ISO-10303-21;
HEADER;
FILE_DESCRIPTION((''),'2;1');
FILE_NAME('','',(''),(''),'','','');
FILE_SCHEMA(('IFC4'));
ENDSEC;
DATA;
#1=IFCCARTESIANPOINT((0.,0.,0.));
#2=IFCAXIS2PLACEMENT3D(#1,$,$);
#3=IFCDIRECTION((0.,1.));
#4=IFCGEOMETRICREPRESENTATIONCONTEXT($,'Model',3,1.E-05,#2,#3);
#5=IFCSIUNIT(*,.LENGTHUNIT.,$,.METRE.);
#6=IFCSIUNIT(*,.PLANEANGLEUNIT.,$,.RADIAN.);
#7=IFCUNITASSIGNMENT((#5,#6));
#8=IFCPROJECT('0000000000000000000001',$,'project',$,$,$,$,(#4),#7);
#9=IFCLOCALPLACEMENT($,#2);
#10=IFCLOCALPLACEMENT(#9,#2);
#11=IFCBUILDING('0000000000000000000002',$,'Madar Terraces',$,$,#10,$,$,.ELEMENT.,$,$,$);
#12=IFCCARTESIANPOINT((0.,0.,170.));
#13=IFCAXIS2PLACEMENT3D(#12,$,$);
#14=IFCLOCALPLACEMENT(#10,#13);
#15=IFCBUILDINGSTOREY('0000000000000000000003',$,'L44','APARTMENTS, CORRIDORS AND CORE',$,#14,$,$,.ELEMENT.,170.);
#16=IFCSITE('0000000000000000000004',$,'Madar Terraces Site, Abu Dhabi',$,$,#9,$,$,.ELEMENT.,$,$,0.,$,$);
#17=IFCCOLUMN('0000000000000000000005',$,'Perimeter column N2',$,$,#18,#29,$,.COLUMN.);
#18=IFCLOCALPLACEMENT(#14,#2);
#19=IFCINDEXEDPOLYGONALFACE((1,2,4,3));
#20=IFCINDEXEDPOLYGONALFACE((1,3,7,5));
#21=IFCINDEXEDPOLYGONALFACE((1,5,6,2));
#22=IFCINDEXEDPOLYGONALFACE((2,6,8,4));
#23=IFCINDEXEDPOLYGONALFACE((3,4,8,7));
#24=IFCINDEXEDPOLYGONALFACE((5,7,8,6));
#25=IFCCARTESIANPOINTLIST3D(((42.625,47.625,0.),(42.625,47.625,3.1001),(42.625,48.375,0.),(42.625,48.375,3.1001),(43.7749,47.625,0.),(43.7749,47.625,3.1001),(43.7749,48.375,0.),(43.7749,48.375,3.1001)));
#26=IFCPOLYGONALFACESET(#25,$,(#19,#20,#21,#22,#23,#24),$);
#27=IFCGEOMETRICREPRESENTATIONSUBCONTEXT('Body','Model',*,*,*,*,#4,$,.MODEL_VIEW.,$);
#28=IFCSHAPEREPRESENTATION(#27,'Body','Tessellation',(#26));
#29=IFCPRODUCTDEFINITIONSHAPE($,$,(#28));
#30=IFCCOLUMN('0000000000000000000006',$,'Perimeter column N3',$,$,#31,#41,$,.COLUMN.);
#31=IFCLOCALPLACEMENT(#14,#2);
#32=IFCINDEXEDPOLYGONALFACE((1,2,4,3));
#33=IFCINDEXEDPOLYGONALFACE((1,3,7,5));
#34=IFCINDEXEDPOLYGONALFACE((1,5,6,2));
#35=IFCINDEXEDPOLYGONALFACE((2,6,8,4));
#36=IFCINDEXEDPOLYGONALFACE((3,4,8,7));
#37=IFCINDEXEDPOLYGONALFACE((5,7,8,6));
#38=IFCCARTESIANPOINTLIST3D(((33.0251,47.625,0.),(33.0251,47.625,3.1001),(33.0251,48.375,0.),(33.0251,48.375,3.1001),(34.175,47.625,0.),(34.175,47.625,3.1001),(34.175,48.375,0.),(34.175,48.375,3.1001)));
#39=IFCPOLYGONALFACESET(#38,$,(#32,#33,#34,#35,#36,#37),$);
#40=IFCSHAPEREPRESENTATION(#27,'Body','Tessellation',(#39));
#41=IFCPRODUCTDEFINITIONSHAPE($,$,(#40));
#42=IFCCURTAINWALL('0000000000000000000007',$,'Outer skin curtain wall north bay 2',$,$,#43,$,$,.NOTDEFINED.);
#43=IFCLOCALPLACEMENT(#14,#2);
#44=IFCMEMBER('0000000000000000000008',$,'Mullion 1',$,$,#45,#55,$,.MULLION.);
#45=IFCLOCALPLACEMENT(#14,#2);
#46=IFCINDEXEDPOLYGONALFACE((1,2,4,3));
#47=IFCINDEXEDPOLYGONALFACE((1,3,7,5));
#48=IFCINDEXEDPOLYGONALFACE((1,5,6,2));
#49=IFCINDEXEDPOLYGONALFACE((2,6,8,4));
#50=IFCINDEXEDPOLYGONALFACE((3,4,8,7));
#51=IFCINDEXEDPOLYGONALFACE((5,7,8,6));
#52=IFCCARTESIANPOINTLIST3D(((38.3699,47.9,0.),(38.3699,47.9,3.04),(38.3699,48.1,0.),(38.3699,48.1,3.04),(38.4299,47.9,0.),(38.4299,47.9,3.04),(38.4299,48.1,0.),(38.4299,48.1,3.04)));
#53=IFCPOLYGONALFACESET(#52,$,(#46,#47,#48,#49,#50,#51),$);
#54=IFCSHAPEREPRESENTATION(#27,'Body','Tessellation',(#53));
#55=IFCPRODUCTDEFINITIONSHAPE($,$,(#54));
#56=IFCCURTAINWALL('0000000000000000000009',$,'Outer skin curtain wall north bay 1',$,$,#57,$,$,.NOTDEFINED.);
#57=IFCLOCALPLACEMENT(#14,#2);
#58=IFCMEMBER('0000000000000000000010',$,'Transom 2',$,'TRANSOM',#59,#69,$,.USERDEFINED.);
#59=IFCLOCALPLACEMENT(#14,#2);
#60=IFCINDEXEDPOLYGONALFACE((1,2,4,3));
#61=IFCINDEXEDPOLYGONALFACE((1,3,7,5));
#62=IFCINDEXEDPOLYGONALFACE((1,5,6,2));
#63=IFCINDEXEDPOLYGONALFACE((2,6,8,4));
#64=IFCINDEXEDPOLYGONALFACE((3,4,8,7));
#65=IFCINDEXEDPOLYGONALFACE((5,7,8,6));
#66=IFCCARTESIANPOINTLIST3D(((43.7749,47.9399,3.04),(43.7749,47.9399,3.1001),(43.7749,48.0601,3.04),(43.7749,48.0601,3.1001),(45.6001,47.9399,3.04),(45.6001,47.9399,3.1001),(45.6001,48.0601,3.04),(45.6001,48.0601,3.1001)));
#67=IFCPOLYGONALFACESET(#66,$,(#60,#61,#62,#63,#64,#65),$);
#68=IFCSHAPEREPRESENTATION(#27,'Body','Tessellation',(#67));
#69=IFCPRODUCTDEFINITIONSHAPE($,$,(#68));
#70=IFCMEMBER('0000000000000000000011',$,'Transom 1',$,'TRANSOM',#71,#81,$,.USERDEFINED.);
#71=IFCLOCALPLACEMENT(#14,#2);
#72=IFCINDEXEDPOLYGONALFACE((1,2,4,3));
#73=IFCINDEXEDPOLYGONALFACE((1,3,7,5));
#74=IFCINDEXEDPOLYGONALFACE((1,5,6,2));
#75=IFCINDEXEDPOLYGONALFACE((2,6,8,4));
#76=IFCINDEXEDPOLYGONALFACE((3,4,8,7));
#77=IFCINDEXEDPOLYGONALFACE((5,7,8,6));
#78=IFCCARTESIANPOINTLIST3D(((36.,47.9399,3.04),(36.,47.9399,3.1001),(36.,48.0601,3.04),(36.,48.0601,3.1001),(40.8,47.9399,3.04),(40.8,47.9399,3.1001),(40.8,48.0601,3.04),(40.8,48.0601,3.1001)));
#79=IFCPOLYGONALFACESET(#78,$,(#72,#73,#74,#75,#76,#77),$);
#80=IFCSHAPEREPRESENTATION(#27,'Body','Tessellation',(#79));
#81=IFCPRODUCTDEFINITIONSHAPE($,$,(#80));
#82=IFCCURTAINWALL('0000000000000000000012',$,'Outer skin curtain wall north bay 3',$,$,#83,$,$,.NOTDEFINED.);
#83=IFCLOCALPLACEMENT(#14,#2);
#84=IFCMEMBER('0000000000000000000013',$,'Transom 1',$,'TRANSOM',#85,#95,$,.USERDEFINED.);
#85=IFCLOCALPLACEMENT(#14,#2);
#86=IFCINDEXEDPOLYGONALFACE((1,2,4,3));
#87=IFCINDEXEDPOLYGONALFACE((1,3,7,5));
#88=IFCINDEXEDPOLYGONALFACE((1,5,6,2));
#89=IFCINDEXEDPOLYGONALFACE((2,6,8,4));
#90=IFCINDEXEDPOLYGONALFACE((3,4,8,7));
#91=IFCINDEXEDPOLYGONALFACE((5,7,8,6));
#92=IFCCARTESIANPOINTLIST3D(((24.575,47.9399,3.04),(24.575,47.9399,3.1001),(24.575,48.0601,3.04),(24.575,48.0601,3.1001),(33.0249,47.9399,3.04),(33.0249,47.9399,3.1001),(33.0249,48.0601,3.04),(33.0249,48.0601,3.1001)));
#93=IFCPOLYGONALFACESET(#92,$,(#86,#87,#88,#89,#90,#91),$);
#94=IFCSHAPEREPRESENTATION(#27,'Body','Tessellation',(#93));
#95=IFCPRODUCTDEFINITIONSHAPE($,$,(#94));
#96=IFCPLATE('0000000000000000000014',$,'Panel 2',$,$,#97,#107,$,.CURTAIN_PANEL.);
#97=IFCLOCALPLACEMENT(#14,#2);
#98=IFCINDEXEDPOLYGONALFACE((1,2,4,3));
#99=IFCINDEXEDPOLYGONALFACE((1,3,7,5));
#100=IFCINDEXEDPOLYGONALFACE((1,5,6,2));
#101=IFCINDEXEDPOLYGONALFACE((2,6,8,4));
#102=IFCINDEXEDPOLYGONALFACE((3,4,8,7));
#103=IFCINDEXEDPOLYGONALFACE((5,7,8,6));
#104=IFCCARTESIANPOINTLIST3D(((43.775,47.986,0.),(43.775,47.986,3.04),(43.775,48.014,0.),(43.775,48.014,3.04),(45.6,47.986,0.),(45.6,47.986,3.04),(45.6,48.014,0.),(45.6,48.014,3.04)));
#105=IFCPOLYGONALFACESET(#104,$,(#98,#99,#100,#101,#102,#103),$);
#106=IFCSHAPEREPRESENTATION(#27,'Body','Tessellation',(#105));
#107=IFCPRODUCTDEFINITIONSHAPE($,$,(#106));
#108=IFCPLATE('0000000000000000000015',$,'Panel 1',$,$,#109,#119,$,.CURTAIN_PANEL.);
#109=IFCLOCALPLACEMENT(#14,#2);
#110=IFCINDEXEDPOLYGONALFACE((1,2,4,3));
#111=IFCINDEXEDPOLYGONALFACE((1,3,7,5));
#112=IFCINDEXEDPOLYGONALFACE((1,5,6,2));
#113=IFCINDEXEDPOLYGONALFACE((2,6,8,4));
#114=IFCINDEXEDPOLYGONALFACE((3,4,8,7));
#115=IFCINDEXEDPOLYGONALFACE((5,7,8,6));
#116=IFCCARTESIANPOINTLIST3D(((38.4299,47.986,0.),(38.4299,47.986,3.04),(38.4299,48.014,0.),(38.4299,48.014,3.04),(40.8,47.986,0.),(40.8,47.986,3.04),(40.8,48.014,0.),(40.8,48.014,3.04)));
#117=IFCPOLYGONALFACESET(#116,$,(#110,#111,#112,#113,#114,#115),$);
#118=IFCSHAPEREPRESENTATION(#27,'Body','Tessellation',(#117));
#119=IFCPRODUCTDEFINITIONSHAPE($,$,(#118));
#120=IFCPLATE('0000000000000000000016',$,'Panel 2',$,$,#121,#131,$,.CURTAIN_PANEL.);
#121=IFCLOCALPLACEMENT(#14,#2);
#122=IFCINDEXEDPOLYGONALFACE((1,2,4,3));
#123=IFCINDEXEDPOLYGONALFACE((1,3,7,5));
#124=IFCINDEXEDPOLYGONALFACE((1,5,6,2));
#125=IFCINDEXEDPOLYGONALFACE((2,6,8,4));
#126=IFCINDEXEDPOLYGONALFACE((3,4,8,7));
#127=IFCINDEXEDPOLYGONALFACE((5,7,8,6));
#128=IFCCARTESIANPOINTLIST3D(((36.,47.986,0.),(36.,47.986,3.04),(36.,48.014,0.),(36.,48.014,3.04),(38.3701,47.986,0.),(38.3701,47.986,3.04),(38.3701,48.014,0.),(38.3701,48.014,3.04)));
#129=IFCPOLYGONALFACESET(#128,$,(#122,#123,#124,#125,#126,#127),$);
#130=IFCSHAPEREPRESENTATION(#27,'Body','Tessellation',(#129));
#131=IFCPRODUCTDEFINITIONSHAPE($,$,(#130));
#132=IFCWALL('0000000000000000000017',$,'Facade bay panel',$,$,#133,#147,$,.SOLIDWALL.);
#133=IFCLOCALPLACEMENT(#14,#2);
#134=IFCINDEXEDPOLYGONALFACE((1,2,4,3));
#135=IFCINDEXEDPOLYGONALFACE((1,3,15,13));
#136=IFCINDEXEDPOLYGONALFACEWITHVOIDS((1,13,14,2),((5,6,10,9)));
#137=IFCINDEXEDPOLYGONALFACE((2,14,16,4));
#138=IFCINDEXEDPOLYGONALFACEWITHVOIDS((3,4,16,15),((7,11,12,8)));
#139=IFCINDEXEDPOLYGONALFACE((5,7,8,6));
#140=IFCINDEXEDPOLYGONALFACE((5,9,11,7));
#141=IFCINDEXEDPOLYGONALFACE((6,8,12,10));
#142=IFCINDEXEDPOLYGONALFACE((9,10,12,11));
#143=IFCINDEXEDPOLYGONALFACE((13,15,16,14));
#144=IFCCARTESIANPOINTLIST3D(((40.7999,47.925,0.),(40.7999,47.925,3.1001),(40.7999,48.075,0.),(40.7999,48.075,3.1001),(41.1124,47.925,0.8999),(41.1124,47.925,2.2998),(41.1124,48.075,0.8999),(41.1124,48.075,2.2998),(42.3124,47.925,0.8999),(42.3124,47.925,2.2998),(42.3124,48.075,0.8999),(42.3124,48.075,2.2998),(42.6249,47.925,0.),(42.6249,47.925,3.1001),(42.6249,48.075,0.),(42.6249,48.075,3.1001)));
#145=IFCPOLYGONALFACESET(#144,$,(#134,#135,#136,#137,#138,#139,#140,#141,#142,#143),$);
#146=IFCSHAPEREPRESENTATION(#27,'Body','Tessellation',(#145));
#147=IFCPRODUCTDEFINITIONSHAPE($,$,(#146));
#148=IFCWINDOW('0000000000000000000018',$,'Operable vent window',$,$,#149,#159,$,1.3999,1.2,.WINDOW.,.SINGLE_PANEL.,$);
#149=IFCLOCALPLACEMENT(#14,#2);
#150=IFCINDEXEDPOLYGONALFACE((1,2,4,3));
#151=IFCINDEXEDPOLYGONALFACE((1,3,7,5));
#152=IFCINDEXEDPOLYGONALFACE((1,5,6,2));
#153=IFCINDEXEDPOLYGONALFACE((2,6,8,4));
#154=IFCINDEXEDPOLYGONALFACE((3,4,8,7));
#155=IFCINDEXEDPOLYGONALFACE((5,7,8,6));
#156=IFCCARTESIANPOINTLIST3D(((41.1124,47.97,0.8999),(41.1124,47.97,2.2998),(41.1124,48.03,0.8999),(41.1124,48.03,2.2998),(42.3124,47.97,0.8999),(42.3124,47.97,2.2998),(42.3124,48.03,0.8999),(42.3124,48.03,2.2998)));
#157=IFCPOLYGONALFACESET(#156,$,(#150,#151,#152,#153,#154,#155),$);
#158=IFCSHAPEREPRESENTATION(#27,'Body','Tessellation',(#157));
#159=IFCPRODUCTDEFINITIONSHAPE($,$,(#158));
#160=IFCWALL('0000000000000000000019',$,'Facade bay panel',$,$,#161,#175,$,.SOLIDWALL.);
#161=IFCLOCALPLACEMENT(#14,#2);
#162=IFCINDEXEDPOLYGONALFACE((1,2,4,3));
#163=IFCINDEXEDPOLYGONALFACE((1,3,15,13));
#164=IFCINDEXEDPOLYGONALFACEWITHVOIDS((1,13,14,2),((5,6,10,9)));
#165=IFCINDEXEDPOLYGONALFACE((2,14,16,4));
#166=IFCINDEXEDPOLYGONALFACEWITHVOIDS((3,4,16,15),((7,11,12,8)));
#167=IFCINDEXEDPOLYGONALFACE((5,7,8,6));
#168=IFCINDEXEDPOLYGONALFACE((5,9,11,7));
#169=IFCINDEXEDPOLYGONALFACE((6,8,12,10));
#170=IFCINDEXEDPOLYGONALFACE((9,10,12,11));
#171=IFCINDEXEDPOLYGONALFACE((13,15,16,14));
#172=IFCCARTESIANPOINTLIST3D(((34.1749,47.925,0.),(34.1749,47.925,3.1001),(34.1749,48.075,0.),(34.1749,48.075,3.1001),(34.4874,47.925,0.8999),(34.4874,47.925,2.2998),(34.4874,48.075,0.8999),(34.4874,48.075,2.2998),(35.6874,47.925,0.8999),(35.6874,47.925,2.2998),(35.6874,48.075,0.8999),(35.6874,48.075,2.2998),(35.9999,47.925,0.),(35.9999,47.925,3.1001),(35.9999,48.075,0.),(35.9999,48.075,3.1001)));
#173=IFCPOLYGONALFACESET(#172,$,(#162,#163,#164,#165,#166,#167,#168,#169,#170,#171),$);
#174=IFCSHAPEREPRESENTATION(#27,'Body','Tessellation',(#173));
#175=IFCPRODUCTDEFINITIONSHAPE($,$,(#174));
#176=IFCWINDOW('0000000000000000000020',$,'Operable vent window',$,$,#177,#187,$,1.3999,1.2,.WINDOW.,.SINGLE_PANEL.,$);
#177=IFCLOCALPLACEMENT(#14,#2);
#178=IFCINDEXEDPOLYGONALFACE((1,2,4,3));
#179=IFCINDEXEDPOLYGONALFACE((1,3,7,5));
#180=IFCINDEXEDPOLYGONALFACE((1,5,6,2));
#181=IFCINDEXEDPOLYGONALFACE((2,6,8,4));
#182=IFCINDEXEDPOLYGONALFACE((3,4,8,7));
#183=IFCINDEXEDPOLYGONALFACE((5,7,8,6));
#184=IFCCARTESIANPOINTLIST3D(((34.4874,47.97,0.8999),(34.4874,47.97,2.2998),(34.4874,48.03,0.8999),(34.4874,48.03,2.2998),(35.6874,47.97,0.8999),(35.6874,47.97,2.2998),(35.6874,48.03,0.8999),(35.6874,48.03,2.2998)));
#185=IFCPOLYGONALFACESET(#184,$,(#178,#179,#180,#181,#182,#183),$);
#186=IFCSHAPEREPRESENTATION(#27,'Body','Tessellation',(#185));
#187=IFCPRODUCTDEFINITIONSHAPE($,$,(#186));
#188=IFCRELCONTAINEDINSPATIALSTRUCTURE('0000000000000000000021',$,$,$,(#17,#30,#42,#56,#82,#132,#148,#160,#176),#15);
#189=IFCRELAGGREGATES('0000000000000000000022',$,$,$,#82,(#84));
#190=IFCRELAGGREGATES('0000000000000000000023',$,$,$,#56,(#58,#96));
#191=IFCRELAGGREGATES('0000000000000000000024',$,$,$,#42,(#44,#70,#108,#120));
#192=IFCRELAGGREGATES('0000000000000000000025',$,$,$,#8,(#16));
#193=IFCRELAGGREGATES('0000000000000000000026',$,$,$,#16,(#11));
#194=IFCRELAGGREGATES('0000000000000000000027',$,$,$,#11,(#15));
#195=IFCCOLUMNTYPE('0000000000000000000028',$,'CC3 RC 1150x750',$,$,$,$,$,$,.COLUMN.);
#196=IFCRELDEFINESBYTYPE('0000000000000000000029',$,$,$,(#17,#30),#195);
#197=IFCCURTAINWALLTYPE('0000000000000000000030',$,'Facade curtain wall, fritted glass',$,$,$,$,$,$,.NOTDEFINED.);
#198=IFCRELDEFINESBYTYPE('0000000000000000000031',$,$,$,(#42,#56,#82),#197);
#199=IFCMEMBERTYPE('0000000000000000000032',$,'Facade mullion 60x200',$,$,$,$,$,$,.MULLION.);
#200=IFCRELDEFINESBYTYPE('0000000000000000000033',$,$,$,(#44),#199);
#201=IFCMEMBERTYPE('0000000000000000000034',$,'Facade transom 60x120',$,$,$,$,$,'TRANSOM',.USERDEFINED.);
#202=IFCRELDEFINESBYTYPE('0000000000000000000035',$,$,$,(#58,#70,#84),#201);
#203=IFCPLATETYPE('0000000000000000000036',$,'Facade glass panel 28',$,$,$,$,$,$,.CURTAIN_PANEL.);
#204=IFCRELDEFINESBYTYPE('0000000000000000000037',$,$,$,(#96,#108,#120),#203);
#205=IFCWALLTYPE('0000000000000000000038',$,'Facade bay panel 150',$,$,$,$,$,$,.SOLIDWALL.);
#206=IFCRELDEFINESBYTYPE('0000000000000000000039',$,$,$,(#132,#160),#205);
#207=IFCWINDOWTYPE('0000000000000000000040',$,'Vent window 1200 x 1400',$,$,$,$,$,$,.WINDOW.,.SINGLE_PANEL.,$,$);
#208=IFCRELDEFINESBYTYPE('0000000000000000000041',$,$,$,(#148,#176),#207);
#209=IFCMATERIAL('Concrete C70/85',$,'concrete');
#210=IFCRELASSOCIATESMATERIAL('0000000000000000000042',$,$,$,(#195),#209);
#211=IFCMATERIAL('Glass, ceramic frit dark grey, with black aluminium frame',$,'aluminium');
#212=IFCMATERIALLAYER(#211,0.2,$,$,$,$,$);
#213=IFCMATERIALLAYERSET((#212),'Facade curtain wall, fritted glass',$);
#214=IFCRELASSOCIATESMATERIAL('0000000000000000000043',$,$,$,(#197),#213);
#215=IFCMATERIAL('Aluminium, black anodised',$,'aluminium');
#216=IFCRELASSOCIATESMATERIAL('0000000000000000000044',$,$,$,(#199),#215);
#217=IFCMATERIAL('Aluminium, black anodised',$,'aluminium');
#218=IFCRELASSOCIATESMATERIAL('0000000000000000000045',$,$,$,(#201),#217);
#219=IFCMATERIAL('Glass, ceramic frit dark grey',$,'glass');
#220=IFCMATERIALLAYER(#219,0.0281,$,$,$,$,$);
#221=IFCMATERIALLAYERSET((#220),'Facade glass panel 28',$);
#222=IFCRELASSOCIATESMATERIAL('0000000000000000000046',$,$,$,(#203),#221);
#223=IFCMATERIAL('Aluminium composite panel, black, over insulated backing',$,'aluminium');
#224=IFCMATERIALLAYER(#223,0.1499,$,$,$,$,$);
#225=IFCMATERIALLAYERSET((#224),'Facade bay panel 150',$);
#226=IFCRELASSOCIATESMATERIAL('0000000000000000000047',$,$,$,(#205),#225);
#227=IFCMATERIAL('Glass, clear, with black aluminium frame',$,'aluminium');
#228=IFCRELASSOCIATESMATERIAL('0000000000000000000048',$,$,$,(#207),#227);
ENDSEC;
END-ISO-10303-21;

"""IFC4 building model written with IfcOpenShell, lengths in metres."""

from ifc_helpers import new_model, si_unit, direction, frame, frame_2d, origin, origin_2d, place, context, subcontext, project, spatial, rectangle, extrude, material, layer, layer_set, material_profile, profile_set, type_object, element, fill, aggregate, save


model = new_model("IFC4")

# Units and contexts
model_context = context("Model", 3, precision=1e-05, world=origin(), true_north=direction((0.0, 1.0)))
body_context = subcontext(model_context, "Body", "Model", "MODEL_VIEW")
ifc_project = project(units=[si_unit("LENGTHUNIT", "METRE"), si_unit("PLANEANGLEUNIT", "RADIAN")], contexts=[model_context])

# Site, building, storey
site_placement = place(None, origin())
site = spatial("IfcSite", under=ifc_project, at=site_placement, Name="Madar Terraces Site, Abu Dhabi", CompositionType="ELEMENT", RefElevation=0.0)
building_placement = place(site_placement, origin())
building = spatial("IfcBuilding", under=site, at=building_placement, Name="Madar Terraces", CompositionType="ELEMENT")
storey_placement = place(building_placement, frame((0.0, 0.0, 170.0)))
storey = spatial("IfcBuildingStorey", under=building, at=storey_placement, Name="L44", Description="APARTMENTS, CORRIDORS AND CORE", CompositionType="ELEMENT", Elevation=170.0)

# Columns
ifc_material_1 = material(Name="Concrete C70/85", Category="concrete")
ifc_material_profile_1 = material_profile(ifc_material_1, rectangle(XDim=1.1499, YDim=0.75, at=origin_2d()), Name="CC3 RC 1150x750")
ifc_profile_set_1 = profile_set([ifc_material_profile_1], Name="Concrete C70/85")
column_type = type_object("IfcColumnType", Name="CC3 RC 1150x750", PredefinedType="COLUMN", material=ifc_profile_set_1)
for number, where, z_axis, x_axis, name in (
    (1, (43.2, 48.0, 0.0), (0.0, 0.0, 1.0), (1.0, 0.0, 0.0), "Perimeter column N2"),
    (2, (33.6001, 48.0, 0.0), (0.0, 0.0, 1.0), (1.0, 0.0, 0.0), "Perimeter column N3"),
):
    element("IfcColumn", number, at=place(storey_placement, frame(where, z_axis=z_axis, x_axis=x_axis)), inside=storey, type_object=column_type, Name=name, PredefinedType="COLUMN", context=body_context, shape_type="SweptSolid", body=[
        extrude(rectangle(XDim=1.1499, YDim=0.75, at=origin_2d()), origin(), (0.0, 0.0, 1.0), 3.1001),
    ])

# Curtain walls, members
ifc_material_2 = material(Name="Glass, ceramic frit dark grey, with black aluminium frame", Category="aluminium")
ifc_layer_1 = layer(ifc_material_2, 0.2)
ifc_layer_set_1 = layer_set([ifc_layer_1], Name="Facade curtain wall, fritted glass")
curtain_wall_type = type_object("IfcCurtainWallType", Name="Facade curtain wall, fritted glass", PredefinedType="NOTDEFINED", material=ifc_layer_set_1)
curtain_wall_1_placement = place(storey_placement, origin())
curtain_wall_1 = element("IfcCurtainWall", 3, at=curtain_wall_1_placement, inside=storey, type_object=curtain_wall_type, Name="Outer skin curtain wall north bay 2", PredefinedType="NOTDEFINED")
ifc_material_3 = material(Name="Aluminium, black anodised", Category="aluminium")
ifc_material_profile_2 = material_profile(ifc_material_3, rectangle(XDim=0.2, YDim=0.0601, at=origin_2d()), Name="Facade mullion 60x200")
ifc_profile_set_2 = profile_set([ifc_material_profile_2], Name="Aluminium, black anodised")
member_type_1 = type_object("IfcMemberType", Name="Facade mullion 60x200", PredefinedType="MULLION", material=ifc_profile_set_2)
member_1_placement = place(storey_placement, frame((38.3999, 48.0, 0.0), z_axis=(0.0, 0.0, 1.0), x_axis=(0.0, -1.0, 0.0)))
member_1 = element("IfcMember", 4, at=member_1_placement, type_object=member_type_1, Name="Mullion 1", PredefinedType="MULLION", context=body_context, shape_type="SweptSolid", body=[
    extrude(rectangle(XDim=0.2, YDim=0.0601, at=origin_2d()), origin(), (0.0, 0.0, 1.0), 3.04),
])
curtain_wall_2_placement = place(storey_placement, origin())
curtain_wall_2 = element("IfcCurtainWall", 5, at=curtain_wall_2_placement, inside=storey, type_object=curtain_wall_type, Name="Outer skin curtain wall north bay 1", PredefinedType="NOTDEFINED")
ifc_material_4 = material(Name="Aluminium, black anodised", Category="aluminium")
ifc_material_profile_3 = material_profile(ifc_material_4, rectangle(XDim=0.1201, YDim=0.0601, at=origin_2d()), Name="Facade transom 60x120")
ifc_profile_set_3 = profile_set([ifc_material_profile_3], Name="Aluminium, black anodised")
member_type_2 = type_object("IfcMemberType", Name="Facade transom 60x120", ElementType="TRANSOM", PredefinedType="USERDEFINED", material=ifc_profile_set_3)
member_2_placement = place(storey_placement, frame((45.6001, 48.0, 3.0701), z_axis=(-1.0, 0.0, 0.0), x_axis=(0.0, -1.0, 0.0)))
member_2 = element("IfcMember", 6, at=member_2_placement, type_object=member_type_2, Name="Transom 2", ObjectType="TRANSOM", PredefinedType="USERDEFINED", context=body_context, shape_type="SweptSolid", body=[
    extrude(rectangle(XDim=0.1201, YDim=0.0601, at=origin_2d()), origin(), (0.0, 0.0, 1.0), 1.8252),
])

# Member
member_3_placement = place(storey_placement, frame((40.8, 48.0, 3.0701), z_axis=(-1.0, 0.0, 0.0), x_axis=(0.0, -1.0, 0.0)))
member_3 = element("IfcMember", 7, at=member_3_placement, type_object=member_type_2, Name="Transom 1", ObjectType="TRANSOM", PredefinedType="USERDEFINED", context=body_context, shape_type="SweptSolid", body=[
    extrude(rectangle(XDim=0.1201, YDim=0.0601, at=origin_2d()), origin(), (0.0, 0.0, 1.0), 4.8),
])

# Curtain wall, member
curtain_wall_3_placement = place(storey_placement, origin())
curtain_wall_3 = element("IfcCurtainWall", 8, at=curtain_wall_3_placement, inside=storey, type_object=curtain_wall_type, Name="Outer skin curtain wall north bay 3", PredefinedType="NOTDEFINED")
member_4_placement = place(storey_placement, frame((33.0249, 48.0, 3.0701), z_axis=(-1.0, 0.0, 0.0), x_axis=(0.0, -1.0, 0.0)))
member_4 = element("IfcMember", 9, at=member_4_placement, type_object=member_type_2, Name="Transom 1", ObjectType="TRANSOM", PredefinedType="USERDEFINED", context=body_context, shape_type="SweptSolid", body=[
    extrude(rectangle(XDim=0.1201, YDim=0.0601, at=origin_2d()), origin(), (0.0, 0.0, 1.0), 8.45),
])
aggregate(curtain_wall_3, [member_4])

# Plates
ifc_material_5 = material(Name="Glass, ceramic frit dark grey", Category="glass")
ifc_layer_2 = layer(ifc_material_5, 0.0281)
ifc_layer_set_2 = layer_set([ifc_layer_2], Name="Facade glass panel 28")
plate_type = type_object("IfcPlateType", Name="Facade glass panel 28", PredefinedType="CURTAIN_PANEL", material=ifc_layer_set_2)
plate_1_placement = place(storey_placement, frame((44.6875, 48.0, 0.0), z_axis=(0.0, 0.0, 1.0), x_axis=(-1.0, 0.0, 0.0)))
plate_1 = element("IfcPlate", 10, at=plate_1_placement, type_object=plate_type, Name="Panel 2", PredefinedType="CURTAIN_PANEL", context=body_context, shape_type="SweptSolid", body=[
    extrude(rectangle(XDim=1.825, YDim=0.0281, at=origin_2d()), origin(), (0.0, 0.0, 1.0), 3.04),
])
aggregate(curtain_wall_2, [member_2, plate_1])
plate_2_placement = place(storey_placement, frame((39.615, 48.0, 0.0), z_axis=(0.0, 0.0, 1.0), x_axis=(-1.0, 0.0, 0.0)))
plate_2 = element("IfcPlate", 11, at=plate_2_placement, type_object=plate_type, Name="Panel 1", PredefinedType="CURTAIN_PANEL", context=body_context, shape_type="SweptSolid", body=[
    extrude(rectangle(XDim=2.3701, YDim=0.0281, at=origin_2d()), origin(), (0.0, 0.0, 1.0), 3.04),
])
plate_3_placement = place(storey_placement, frame((37.1851, 48.0, 0.0), z_axis=(0.0, 0.0, 1.0), x_axis=(-1.0, 0.0, 0.0)))
plate_3 = element("IfcPlate", 12, at=plate_3_placement, type_object=plate_type, Name="Panel 2", PredefinedType="CURTAIN_PANEL", context=body_context, shape_type="SweptSolid", body=[
    extrude(rectangle(XDim=2.3701, YDim=0.0281, at=origin_2d()), origin(), (0.0, 0.0, 1.0), 3.04),
])
aggregate(curtain_wall_1, [member_1, member_3, plate_2, plate_3])

# Shared definitions
ifc_material_6 = material(Name="Aluminium composite panel, black, over insulated backing", Category="aluminium")
ifc_layer_3 = layer(ifc_material_6, 0.1499)
ifc_layer_set_3 = layer_set([ifc_layer_3], Name="Facade bay panel 150")
wall_type_1 = type_object("IfcWallType", Name="Facade bay panel 150", PredefinedType="SOLIDWALL", material=ifc_layer_set_3)

# Walls, openings, windows
wall_1_placement = place(storey_placement, frame((42.625, 48.0, 0.0), z_axis=(0.0, 0.0, 1.0), x_axis=(-1.0, 0.0, 0.0)))
wall_1 = element("IfcWall", 13, at=wall_1_placement, inside=storey, type_object=wall_type_1, Name="Facade bay panel", PredefinedType="SOLIDWALL", context=body_context, shape_type="SweptSolid", body=[
    extrude(rectangle(XDim=1.825, YDim=0.1499, at=frame_2d((0.9126, 0.0))), origin(), (0.0, 0.0, 1.0), 3.1001),
])
opening_1_placement = place(wall_1_placement, frame((0.3125, 0.0, 0.8999)))
opening_1 = element("IfcOpeningElement", 14, at=opening_1_placement, cuts=wall_1, PredefinedType="OPENING", context=body_context, shape_type="SweptSolid", body=[
    extrude(rectangle(XDim=1.2, YDim=1.3999, at=frame_2d((0.6001, 0.7))), frame((0.0, 0.085, 0.0), z_axis=(0.0, -1.0, 0.0), x_axis=(1.0, 0.0, 0.0)), (0.0, 0.0, 1.0), 0.1699),
])
ifc_material_7 = material(Name="Glass, clear, with black aluminium frame", Category="aluminium")
window_type = type_object("IfcWindowType", Name="Vent window 1200 x 1400", PartitioningType="SINGLE_PANEL", PredefinedType="WINDOW", material=ifc_material_7)
window_1_placement = place(opening_1_placement, origin())
window_1 = element("IfcWindow", 15, at=window_1_placement, inside=storey, type_object=window_type, Name="Operable vent window", OverallHeight=1.3999, OverallWidth=1.2, PartitioningType="SINGLE_PANEL", PredefinedType="WINDOW", context=body_context, shape_type="SweptSolid", body=[
    extrude(rectangle(XDim=1.2, YDim=1.3999, at=frame_2d((0.6001, 0.7))), frame((0.0, 0.03, 0.0), z_axis=(0.0, -1.0, 0.0), x_axis=(1.0, 0.0, 0.0)), (0.0, 0.0, 1.0), 0.0601),
])
fill(opening_1, window_1)
wall_2_placement = place(storey_placement, frame((36.0, 48.0, 0.0), z_axis=(0.0, 0.0, 1.0), x_axis=(-1.0, 0.0, 0.0)))
wall_2 = element("IfcWall", 16, at=wall_2_placement, inside=storey, type_object=wall_type_1, Name="Facade bay panel", PredefinedType="SOLIDWALL", context=body_context, shape_type="SweptSolid", body=[
    extrude(rectangle(XDim=1.825, YDim=0.1499, at=frame_2d((0.9126, 0.0))), origin(), (0.0, 0.0, 1.0), 3.1001),
])
opening_2_placement = place(wall_2_placement, frame((0.3125, 0.0, 0.8999)))
opening_2 = element("IfcOpeningElement", 17, at=opening_2_placement, cuts=wall_2, PredefinedType="OPENING", context=body_context, shape_type="SweptSolid", body=[
    extrude(rectangle(XDim=1.2, YDim=1.3999, at=frame_2d((0.6001, 0.7))), frame((0.0, 0.085, 0.0), z_axis=(0.0, -1.0, 0.0), x_axis=(1.0, 0.0, 0.0)), (0.0, 0.0, 1.0), 0.1699),
])
window_2_placement = place(opening_2_placement, origin())
window_2 = element("IfcWindow", 18, at=window_2_placement, inside=storey, type_object=window_type, Name="Operable vent window", OverallHeight=1.3999, OverallWidth=1.2, PartitioningType="SINGLE_PANEL", PredefinedType="WINDOW", context=body_context, shape_type="SweptSolid", body=[
    extrude(rectangle(XDim=1.2, YDim=1.3999, at=frame_2d((0.6001, 0.7))), frame((0.0, 0.03, 0.0), z_axis=(0.0, -1.0, 0.0), x_axis=(1.0, 0.0, 0.0)), (0.0, 0.0, 1.0), 0.0601),
])
fill(opening_2, window_2)

save(model, "model.ifc")
